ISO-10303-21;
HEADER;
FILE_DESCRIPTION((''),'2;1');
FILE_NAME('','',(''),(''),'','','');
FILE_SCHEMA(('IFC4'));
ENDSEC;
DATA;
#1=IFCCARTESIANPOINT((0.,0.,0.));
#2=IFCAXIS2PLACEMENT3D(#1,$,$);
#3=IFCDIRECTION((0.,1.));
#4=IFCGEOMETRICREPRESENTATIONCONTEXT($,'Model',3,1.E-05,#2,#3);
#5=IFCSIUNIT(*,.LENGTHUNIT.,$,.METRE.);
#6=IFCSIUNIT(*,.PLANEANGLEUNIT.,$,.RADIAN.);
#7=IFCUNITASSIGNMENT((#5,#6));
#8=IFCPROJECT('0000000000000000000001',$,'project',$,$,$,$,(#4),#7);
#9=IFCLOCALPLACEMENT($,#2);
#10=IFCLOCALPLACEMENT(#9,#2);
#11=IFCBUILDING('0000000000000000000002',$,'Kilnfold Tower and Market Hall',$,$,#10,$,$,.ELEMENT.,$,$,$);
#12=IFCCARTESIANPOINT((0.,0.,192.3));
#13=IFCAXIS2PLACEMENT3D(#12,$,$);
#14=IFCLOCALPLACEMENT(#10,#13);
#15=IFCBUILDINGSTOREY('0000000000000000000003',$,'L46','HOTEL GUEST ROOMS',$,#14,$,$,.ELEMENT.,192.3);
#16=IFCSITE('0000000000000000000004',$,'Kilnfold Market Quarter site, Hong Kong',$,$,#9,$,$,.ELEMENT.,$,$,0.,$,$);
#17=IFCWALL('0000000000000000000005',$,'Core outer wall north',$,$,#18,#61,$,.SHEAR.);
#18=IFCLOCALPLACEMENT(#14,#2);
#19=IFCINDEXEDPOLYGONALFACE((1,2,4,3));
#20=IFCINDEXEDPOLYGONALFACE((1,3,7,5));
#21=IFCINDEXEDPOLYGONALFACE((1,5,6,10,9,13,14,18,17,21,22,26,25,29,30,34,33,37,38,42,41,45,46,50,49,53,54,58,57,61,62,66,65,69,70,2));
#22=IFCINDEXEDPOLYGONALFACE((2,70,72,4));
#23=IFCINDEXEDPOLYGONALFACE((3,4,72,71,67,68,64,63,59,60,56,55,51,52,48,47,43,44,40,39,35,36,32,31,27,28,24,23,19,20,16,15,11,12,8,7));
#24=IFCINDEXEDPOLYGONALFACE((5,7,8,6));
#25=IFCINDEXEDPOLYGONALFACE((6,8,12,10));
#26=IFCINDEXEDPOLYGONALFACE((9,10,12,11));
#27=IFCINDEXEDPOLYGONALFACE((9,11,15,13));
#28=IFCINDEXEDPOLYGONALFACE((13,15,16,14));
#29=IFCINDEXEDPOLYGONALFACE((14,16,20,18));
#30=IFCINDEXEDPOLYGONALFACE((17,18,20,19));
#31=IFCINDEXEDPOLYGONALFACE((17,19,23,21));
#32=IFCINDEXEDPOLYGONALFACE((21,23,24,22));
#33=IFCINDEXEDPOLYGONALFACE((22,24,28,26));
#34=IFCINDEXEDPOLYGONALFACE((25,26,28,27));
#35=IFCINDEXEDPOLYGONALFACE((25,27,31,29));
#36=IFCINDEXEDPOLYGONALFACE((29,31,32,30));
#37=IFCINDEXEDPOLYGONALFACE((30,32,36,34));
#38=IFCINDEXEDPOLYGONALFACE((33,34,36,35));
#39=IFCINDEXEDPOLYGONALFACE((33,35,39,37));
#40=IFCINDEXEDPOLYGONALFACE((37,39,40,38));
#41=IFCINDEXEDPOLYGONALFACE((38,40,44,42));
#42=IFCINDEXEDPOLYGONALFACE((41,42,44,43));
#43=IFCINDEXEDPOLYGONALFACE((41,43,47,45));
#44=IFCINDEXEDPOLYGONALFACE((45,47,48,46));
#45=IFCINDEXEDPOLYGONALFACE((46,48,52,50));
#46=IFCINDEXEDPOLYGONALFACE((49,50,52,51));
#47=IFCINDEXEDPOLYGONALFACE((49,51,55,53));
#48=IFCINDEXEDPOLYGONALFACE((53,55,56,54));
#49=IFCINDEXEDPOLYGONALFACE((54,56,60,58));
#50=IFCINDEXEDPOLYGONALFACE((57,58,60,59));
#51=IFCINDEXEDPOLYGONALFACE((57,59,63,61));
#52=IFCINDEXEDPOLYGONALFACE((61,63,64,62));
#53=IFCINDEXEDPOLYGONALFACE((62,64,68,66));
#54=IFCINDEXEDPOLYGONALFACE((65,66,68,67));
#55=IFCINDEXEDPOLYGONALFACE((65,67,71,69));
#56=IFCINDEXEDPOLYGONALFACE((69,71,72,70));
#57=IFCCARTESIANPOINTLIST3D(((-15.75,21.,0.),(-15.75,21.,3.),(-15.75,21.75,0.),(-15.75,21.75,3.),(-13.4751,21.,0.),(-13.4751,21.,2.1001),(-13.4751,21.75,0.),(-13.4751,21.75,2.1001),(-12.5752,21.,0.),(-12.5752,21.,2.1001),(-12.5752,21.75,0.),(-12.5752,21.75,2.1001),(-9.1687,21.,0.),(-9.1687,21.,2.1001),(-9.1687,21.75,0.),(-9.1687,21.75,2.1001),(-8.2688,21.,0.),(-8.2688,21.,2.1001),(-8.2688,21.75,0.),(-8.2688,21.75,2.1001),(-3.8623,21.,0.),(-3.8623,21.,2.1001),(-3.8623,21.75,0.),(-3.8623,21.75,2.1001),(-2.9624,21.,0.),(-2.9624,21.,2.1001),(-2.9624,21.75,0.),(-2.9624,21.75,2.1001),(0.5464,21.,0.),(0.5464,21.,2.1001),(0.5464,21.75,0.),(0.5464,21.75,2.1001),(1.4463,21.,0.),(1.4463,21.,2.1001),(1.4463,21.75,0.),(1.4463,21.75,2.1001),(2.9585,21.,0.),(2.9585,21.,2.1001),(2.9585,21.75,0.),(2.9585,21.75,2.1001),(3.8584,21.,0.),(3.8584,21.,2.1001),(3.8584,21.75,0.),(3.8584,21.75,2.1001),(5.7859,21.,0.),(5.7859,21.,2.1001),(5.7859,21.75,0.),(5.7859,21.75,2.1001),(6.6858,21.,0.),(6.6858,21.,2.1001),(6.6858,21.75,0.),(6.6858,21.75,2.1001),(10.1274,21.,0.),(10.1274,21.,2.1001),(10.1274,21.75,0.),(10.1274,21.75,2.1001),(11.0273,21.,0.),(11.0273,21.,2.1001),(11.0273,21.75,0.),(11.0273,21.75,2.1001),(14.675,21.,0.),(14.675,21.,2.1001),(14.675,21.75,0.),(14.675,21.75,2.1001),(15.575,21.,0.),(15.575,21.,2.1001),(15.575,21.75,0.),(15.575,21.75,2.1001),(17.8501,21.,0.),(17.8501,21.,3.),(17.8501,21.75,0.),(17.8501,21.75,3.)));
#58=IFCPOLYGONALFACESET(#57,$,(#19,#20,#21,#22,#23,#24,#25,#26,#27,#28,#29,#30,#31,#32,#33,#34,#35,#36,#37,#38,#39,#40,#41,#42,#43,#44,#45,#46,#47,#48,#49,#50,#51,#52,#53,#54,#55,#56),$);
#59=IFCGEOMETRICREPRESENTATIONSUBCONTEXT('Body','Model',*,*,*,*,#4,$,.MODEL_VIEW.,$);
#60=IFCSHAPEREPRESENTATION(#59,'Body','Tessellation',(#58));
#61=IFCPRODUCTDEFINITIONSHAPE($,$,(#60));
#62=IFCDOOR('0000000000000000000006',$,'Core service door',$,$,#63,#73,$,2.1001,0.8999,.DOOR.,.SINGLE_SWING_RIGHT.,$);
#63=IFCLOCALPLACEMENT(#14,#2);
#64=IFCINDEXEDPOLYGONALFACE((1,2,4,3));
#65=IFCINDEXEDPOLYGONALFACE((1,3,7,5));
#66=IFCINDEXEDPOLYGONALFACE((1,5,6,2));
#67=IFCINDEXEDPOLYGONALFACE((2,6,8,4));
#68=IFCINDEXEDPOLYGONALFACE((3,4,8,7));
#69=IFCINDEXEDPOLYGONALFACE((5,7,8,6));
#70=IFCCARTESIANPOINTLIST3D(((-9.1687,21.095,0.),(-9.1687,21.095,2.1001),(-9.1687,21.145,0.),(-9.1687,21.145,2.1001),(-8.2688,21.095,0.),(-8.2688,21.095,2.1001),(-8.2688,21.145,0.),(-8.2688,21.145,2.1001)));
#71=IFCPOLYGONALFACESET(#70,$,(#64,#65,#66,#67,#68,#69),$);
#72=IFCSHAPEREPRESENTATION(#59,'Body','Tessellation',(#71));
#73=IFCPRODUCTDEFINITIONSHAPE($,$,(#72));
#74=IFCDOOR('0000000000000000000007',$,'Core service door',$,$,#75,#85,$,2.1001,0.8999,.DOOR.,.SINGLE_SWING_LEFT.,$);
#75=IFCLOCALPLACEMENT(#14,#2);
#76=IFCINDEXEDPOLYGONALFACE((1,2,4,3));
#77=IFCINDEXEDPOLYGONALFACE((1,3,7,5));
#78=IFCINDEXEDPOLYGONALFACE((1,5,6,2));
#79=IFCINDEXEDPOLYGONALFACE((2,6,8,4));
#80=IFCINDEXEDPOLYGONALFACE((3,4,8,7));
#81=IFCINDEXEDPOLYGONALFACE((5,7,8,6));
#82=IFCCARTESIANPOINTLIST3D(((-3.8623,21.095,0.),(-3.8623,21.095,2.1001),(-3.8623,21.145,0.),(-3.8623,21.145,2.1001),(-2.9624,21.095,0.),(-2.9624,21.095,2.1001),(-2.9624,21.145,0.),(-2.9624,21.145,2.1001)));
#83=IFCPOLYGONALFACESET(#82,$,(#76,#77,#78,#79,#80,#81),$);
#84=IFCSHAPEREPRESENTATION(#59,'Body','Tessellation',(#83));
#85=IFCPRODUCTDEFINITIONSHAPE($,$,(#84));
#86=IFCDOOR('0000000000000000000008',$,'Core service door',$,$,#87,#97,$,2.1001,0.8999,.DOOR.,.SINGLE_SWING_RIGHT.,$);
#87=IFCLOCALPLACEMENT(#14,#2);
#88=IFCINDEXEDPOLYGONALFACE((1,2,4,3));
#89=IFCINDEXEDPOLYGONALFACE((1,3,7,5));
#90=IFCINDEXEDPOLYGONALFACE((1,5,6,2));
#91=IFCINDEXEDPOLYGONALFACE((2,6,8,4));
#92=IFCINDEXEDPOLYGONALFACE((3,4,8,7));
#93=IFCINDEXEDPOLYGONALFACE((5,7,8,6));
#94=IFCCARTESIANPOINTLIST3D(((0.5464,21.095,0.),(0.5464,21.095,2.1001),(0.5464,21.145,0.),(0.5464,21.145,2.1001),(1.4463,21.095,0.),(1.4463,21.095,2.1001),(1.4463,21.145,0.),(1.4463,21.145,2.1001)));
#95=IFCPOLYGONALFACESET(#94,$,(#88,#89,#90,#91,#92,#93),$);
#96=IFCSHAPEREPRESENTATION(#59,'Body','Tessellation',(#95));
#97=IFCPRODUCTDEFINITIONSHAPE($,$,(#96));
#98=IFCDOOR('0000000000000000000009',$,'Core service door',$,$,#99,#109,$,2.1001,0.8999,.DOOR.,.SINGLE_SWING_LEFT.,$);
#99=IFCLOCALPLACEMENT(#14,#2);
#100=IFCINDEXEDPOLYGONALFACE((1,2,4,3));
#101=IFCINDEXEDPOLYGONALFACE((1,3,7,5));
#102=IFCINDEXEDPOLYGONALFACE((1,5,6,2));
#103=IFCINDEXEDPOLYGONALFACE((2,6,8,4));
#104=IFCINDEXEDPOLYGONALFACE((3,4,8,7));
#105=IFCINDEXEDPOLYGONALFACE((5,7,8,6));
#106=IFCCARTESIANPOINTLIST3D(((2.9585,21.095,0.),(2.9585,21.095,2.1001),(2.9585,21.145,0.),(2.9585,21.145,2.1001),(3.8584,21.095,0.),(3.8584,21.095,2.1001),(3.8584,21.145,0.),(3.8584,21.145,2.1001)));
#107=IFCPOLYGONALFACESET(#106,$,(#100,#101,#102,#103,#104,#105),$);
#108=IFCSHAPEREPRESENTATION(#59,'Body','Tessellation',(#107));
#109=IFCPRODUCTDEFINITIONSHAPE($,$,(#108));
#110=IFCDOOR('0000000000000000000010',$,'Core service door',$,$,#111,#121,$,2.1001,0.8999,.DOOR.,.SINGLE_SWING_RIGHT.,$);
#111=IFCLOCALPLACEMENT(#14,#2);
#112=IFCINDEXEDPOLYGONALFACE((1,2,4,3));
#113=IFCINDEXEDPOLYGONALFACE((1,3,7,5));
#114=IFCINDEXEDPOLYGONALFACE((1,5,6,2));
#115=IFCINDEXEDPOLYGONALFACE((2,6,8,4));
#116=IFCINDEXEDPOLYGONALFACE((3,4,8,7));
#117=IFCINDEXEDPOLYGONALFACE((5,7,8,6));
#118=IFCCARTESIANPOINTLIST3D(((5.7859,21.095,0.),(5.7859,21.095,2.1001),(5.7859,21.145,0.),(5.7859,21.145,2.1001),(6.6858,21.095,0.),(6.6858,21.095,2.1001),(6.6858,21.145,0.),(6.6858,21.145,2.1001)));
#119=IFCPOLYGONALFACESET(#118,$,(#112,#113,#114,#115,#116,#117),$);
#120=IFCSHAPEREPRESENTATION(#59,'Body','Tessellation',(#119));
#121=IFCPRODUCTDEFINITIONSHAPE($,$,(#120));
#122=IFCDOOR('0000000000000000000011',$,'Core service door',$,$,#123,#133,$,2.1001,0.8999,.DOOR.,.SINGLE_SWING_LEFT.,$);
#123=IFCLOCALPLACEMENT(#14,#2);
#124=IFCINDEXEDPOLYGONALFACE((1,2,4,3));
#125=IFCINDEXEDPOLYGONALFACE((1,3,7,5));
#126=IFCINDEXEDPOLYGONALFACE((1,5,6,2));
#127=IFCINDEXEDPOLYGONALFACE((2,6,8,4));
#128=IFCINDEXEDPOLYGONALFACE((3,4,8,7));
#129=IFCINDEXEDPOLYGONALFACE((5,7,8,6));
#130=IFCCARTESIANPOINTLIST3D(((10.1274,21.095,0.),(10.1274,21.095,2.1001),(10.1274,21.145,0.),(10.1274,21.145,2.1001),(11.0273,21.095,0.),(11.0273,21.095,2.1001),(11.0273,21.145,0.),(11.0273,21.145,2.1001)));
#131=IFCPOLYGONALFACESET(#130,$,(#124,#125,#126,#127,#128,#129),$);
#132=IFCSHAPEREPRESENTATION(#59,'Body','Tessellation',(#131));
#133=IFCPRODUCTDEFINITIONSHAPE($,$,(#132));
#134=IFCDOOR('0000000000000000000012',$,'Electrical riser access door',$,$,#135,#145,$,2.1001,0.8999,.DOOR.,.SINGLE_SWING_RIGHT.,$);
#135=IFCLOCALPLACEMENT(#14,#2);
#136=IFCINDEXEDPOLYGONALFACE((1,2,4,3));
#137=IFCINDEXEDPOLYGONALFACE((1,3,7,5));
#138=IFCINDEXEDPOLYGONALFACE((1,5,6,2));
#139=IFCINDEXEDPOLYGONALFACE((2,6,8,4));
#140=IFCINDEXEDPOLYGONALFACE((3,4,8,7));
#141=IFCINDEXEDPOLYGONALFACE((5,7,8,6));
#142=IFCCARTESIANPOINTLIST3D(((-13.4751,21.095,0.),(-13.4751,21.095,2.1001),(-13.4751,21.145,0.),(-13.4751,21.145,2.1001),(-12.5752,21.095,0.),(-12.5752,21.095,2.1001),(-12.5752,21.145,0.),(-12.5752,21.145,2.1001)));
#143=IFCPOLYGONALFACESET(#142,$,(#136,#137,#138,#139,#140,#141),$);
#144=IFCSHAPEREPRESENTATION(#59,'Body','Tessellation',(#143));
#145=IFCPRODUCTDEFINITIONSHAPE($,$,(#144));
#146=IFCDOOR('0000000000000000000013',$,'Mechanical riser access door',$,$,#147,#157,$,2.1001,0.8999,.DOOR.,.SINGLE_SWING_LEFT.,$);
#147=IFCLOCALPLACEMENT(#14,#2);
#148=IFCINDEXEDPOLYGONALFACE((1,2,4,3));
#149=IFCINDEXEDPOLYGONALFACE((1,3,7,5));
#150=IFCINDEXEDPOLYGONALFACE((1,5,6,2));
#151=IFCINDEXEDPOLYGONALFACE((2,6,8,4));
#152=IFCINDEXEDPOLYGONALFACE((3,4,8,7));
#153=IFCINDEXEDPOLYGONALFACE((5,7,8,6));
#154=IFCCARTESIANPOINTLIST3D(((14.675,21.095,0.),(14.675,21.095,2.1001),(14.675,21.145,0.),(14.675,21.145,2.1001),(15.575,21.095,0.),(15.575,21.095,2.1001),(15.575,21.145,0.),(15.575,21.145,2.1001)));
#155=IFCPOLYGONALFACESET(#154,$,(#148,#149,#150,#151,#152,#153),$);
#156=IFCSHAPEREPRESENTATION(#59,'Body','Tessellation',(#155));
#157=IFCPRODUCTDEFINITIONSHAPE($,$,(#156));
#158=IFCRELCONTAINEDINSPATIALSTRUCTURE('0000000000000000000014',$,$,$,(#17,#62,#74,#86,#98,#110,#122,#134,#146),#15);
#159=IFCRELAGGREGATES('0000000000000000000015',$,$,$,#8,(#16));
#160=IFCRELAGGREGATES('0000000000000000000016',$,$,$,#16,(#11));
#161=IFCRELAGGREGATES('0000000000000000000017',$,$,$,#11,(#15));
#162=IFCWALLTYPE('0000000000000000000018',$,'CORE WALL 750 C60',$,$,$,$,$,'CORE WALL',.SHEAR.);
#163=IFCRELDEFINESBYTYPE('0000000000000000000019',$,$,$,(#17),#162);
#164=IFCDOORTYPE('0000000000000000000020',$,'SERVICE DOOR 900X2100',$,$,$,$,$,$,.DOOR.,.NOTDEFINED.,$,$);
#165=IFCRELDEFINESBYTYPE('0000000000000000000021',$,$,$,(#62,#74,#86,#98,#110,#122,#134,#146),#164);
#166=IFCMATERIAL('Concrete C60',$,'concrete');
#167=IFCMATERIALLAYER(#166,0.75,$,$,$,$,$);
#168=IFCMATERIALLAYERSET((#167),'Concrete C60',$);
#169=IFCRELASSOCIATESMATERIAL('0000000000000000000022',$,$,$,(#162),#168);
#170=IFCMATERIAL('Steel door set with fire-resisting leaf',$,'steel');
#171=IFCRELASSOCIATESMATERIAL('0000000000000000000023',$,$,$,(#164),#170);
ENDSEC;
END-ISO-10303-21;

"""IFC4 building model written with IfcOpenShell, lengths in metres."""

from ifc_helpers import new_model, si_unit, direction, frame, frame_2d, origin, place, context, subcontext, project, spatial, rectangle, extrude, source, transform, mapped, material, layer, layer_set, type_object, element, fill, save


model = new_model("IFC4")

# Units and contexts
model_context = context("Model", 3, precision=1e-05, world=origin(), true_north=direction((0.0, 1.0)))
body_context = subcontext(model_context, "Body", "Model", "MODEL_VIEW")
ifc_project = project(units=[si_unit("LENGTHUNIT", "METRE"), si_unit("PLANEANGLEUNIT", "RADIAN")], contexts=[model_context])

# Site, building, storey
site_placement = place(None, origin())
site = spatial("IfcSite", under=ifc_project, at=site_placement, Name="Kilnfold Market Quarter site, Hong Kong", CompositionType="ELEMENT", RefElevation=0.0)
building_placement = place(site_placement, origin())
building = spatial("IfcBuilding", under=site, at=building_placement, Name="Kilnfold Tower and Market Hall", CompositionType="ELEMENT")
storey_placement = place(building_placement, frame((0.0, 0.0, 192.3)))
storey = spatial("IfcBuildingStorey", under=building, at=storey_placement, Name="L46", Description="HOTEL GUEST ROOMS", CompositionType="ELEMENT", Elevation=192.3)

# Wall, openings, doors
ifc_material_1 = material(Name="Concrete C60", Category="concrete")
ifc_layer_1 = layer(ifc_material_1, 0.75)
ifc_layer_set_1 = layer_set([ifc_layer_1], Name="Concrete C60")
wall_type_1 = type_object("IfcWallType", Name="CORE WALL 750 C60", ElementType="CORE WALL", PredefinedType="SHEAR", material=ifc_layer_set_1)
shared_shape = source(origin(), body_context, "Body", "SweptSolid", [
    extrude(rectangle(XDim=33.6001, YDim=0.75, at=frame_2d((16.8, 0.0))), origin(), (0.0, 0.0, 1.0), 3.0),
])
wall_1_placement = place(storey_placement, frame((-15.75, 21.375, 0.0), z_axis=(0.0, 0.0, 1.0), x_axis=(1.0, 0.0, 0.0)))
wall_1 = element("IfcWall", 1, at=wall_1_placement, inside=storey, type_object=wall_type_1, Name="Core outer wall north", PredefinedType="SHEAR", context=body_context, shape_type="MappedRepresentation", body=[
    mapped(shared_shape, transform((0.0, 0.0, 0.0))),
])
opening_1_placement = place(wall_1_placement, frame((6.5813, 0.0, 0.0)))
opening_1 = element("IfcOpeningElement", 2, at=opening_1_placement, cuts=wall_1, PredefinedType="OPENING", context=body_context, shape_type="SweptSolid", body=[
    extrude(rectangle(XDim=0.8999, YDim=2.1001, at=frame_2d((0.45, 1.05))), frame((0.0, 0.385, 0.0), z_axis=(0.0, -1.0, 0.0), x_axis=(1.0, 0.0, 0.0)), (0.0, 0.0, 1.0), 0.77),
])
opening_2_placement = place(wall_1_placement, frame((11.8877, 0.0, 0.0)))
opening_2 = element("IfcOpeningElement", 3, at=opening_2_placement, cuts=wall_1, PredefinedType="OPENING", context=body_context, shape_type="SweptSolid", body=[
    extrude(rectangle(XDim=0.8999, YDim=2.1001, at=frame_2d((0.45, 1.05))), frame((0.0, 0.385, 0.0), z_axis=(0.0, -1.0, 0.0), x_axis=(1.0, 0.0, 0.0)), (0.0, 0.0, 1.0), 0.77),
])
opening_3_placement = place(wall_1_placement, frame((16.2964, 0.0, 0.0)))
opening_3 = element("IfcOpeningElement", 4, at=opening_3_placement, cuts=wall_1, PredefinedType="OPENING", context=body_context, shape_type="SweptSolid", body=[
    extrude(rectangle(XDim=0.8999, YDim=2.1001, at=frame_2d((0.45, 1.05))), frame((0.0, 0.385, 0.0), z_axis=(0.0, -1.0, 0.0), x_axis=(1.0, 0.0, 0.0)), (0.0, 0.0, 1.0), 0.77),
])
opening_4_placement = place(wall_1_placement, frame((18.7085, 0.0, 0.0)))
opening_4 = element("IfcOpeningElement", 5, at=opening_4_placement, cuts=wall_1, PredefinedType="OPENING", context=body_context, shape_type="SweptSolid", body=[
    extrude(rectangle(XDim=0.8999, YDim=2.1001, at=frame_2d((0.45, 1.05))), frame((0.0, 0.385, 0.0), z_axis=(0.0, -1.0, 0.0), x_axis=(1.0, 0.0, 0.0)), (0.0, 0.0, 1.0), 0.77),
])
opening_5_placement = place(wall_1_placement, frame((21.5359, 0.0, 0.0)))
opening_5 = element("IfcOpeningElement", 6, at=opening_5_placement, cuts=wall_1, PredefinedType="OPENING", context=body_context, shape_type="SweptSolid", body=[
    extrude(rectangle(XDim=0.8999, YDim=2.1001, at=frame_2d((0.45, 1.05))), frame((0.0, 0.385, 0.0), z_axis=(0.0, -1.0, 0.0), x_axis=(1.0, 0.0, 0.0)), (0.0, 0.0, 1.0), 0.77),
])
opening_6_placement = place(wall_1_placement, frame((25.8774, 0.0, 0.0)))
opening_6 = element("IfcOpeningElement", 7, at=opening_6_placement, cuts=wall_1, PredefinedType="OPENING", context=body_context, shape_type="SweptSolid", body=[
    extrude(rectangle(XDim=0.8999, YDim=2.1001, at=frame_2d((0.45, 1.05))), frame((0.0, 0.385, 0.0), z_axis=(0.0, -1.0, 0.0), x_axis=(1.0, 0.0, 0.0)), (0.0, 0.0, 1.0), 0.77),
])
opening_7_placement = place(wall_1_placement, frame((2.2749, 0.0, 0.0)))
opening_7 = element("IfcOpeningElement", 8, at=opening_7_placement, cuts=wall_1, PredefinedType="OPENING", context=body_context, shape_type="SweptSolid", body=[
    extrude(rectangle(XDim=0.8999, YDim=2.1001, at=frame_2d((0.45, 1.05))), frame((0.0, 0.385, 0.0), z_axis=(0.0, -1.0, 0.0), x_axis=(1.0, 0.0, 0.0)), (0.0, 0.0, 1.0), 0.77),
])
opening_8_placement = place(wall_1_placement, frame((30.425, 0.0, 0.0)))
opening_8 = element("IfcOpeningElement", 9, at=opening_8_placement, cuts=wall_1, PredefinedType="OPENING", context=body_context, shape_type="SweptSolid", body=[
    extrude(rectangle(XDim=0.8999, YDim=2.1001, at=frame_2d((0.45, 1.05))), frame((0.0, 0.385, 0.0), z_axis=(0.0, -1.0, 0.0), x_axis=(1.0, 0.0, 0.0)), (0.0, 0.0, 1.0), 0.77),
])
ifc_material_2 = material(Name="Steel door set with fire-resisting leaf", Category="steel")
door_type_1 = type_object("IfcDoorType", Name="SERVICE DOOR 900X2100", OperationType="NOTDEFINED", PredefinedType="DOOR", material=ifc_material_2)
door_1_placement = place(opening_1_placement, origin())
door_1 = element("IfcDoor", 10, at=door_1_placement, inside=storey, type_object=door_type_1, Name="Core service door", OperationType="SINGLE_SWING_RIGHT", OverallHeight=2.1001, OverallWidth=0.8999, PredefinedType="DOOR", context=body_context, shape_type="SweptSolid", body=[
    extrude(rectangle(XDim=0.8999, YDim=2.1001, at=frame_2d((0.45, 1.05))), frame((0.0, -0.23, 0.0), z_axis=(0.0, -1.0, 0.0), x_axis=(1.0, 0.0, 0.0)), (0.0, 0.0, 1.0), 0.05),
])
fill(opening_1, door_1)
door_2_placement = place(opening_2_placement, origin())
door_2 = element("IfcDoor", 11, at=door_2_placement, inside=storey, type_object=door_type_1, Name="Core service door", OperationType="SINGLE_SWING_LEFT", OverallHeight=2.1001, OverallWidth=0.8999, PredefinedType="DOOR", context=body_context, shape_type="SweptSolid", body=[
    extrude(rectangle(XDim=0.8999, YDim=2.1001, at=frame_2d((0.45, 1.05))), frame((0.0, -0.23, 0.0), z_axis=(0.0, -1.0, 0.0), x_axis=(1.0, 0.0, 0.0)), (0.0, 0.0, 1.0), 0.05),
])
fill(opening_2, door_2)
door_3_placement = place(opening_3_placement, origin())
door_3 = element("IfcDoor", 12, at=door_3_placement, inside=storey, type_object=door_type_1, Name="Core service door", OperationType="SINGLE_SWING_RIGHT", OverallHeight=2.1001, OverallWidth=0.8999, PredefinedType="DOOR", context=body_context, shape_type="SweptSolid", body=[
    extrude(rectangle(XDim=0.8999, YDim=2.1001, at=frame_2d((0.45, 1.05))), frame((0.0, -0.23, 0.0), z_axis=(0.0, -1.0, 0.0), x_axis=(1.0, 0.0, 0.0)), (0.0, 0.0, 1.0), 0.05),
])
fill(opening_3, door_3)
door_4_placement = place(opening_4_placement, origin())
door_4 = element("IfcDoor", 13, at=door_4_placement, inside=storey, type_object=door_type_1, Name="Core service door", OperationType="SINGLE_SWING_LEFT", OverallHeight=2.1001, OverallWidth=0.8999, PredefinedType="DOOR", context=body_context, shape_type="SweptSolid", body=[
    extrude(rectangle(XDim=0.8999, YDim=2.1001, at=frame_2d((0.45, 1.05))), frame((0.0, -0.23, 0.0), z_axis=(0.0, -1.0, 0.0), x_axis=(1.0, 0.0, 0.0)), (0.0, 0.0, 1.0), 0.05),
])
fill(opening_4, door_4)
door_5_placement = place(opening_5_placement, origin())
door_5 = element("IfcDoor", 14, at=door_5_placement, inside=storey, type_object=door_type_1, Name="Core service door", OperationType="SINGLE_SWING_RIGHT", OverallHeight=2.1001, OverallWidth=0.8999, PredefinedType="DOOR", context=body_context, shape_type="SweptSolid", body=[
    extrude(rectangle(XDim=0.8999, YDim=2.1001, at=frame_2d((0.45, 1.05))), frame((0.0, -0.23, 0.0), z_axis=(0.0, -1.0, 0.0), x_axis=(1.0, 0.0, 0.0)), (0.0, 0.0, 1.0), 0.05),
])
fill(opening_5, door_5)
door_6_placement = place(opening_6_placement, origin())
door_6 = element("IfcDoor", 15, at=door_6_placement, inside=storey, type_object=door_type_1, Name="Core service door", OperationType="SINGLE_SWING_LEFT", OverallHeight=2.1001, OverallWidth=0.8999, PredefinedType="DOOR", context=body_context, shape_type="SweptSolid", body=[
    extrude(rectangle(XDim=0.8999, YDim=2.1001, at=frame_2d((0.45, 1.05))), frame((0.0, -0.23, 0.0), z_axis=(0.0, -1.0, 0.0), x_axis=(1.0, 0.0, 0.0)), (0.0, 0.0, 1.0), 0.05),
])
fill(opening_6, door_6)
door_7_placement = place(opening_7_placement, origin())
door_7 = element("IfcDoor", 16, at=door_7_placement, inside=storey, type_object=door_type_1, Name="Electrical riser access door", OperationType="SINGLE_SWING_RIGHT", OverallHeight=2.1001, OverallWidth=0.8999, PredefinedType="DOOR", context=body_context, shape_type="SweptSolid", body=[
    extrude(rectangle(XDim=0.8999, YDim=2.1001, at=frame_2d((0.45, 1.05))), frame((0.0, -0.23, 0.0), z_axis=(0.0, -1.0, 0.0), x_axis=(1.0, 0.0, 0.0)), (0.0, 0.0, 1.0), 0.05),
])
fill(opening_7, door_7)
door_8_placement = place(opening_8_placement, origin())
door_8 = element("IfcDoor", 17, at=door_8_placement, inside=storey, type_object=door_type_1, Name="Mechanical riser access door", OperationType="SINGLE_SWING_LEFT", OverallHeight=2.1001, OverallWidth=0.8999, PredefinedType="DOOR", context=body_context, shape_type="SweptSolid", body=[
    extrude(rectangle(XDim=0.8999, YDim=2.1001, at=frame_2d((0.45, 1.05))), frame((0.0, -0.23, 0.0), z_axis=(0.0, -1.0, 0.0), x_axis=(1.0, 0.0, 0.0)), (0.0, 0.0, 1.0), 0.05),
])
fill(opening_8, door_8)

save(model, "model.ifc")
